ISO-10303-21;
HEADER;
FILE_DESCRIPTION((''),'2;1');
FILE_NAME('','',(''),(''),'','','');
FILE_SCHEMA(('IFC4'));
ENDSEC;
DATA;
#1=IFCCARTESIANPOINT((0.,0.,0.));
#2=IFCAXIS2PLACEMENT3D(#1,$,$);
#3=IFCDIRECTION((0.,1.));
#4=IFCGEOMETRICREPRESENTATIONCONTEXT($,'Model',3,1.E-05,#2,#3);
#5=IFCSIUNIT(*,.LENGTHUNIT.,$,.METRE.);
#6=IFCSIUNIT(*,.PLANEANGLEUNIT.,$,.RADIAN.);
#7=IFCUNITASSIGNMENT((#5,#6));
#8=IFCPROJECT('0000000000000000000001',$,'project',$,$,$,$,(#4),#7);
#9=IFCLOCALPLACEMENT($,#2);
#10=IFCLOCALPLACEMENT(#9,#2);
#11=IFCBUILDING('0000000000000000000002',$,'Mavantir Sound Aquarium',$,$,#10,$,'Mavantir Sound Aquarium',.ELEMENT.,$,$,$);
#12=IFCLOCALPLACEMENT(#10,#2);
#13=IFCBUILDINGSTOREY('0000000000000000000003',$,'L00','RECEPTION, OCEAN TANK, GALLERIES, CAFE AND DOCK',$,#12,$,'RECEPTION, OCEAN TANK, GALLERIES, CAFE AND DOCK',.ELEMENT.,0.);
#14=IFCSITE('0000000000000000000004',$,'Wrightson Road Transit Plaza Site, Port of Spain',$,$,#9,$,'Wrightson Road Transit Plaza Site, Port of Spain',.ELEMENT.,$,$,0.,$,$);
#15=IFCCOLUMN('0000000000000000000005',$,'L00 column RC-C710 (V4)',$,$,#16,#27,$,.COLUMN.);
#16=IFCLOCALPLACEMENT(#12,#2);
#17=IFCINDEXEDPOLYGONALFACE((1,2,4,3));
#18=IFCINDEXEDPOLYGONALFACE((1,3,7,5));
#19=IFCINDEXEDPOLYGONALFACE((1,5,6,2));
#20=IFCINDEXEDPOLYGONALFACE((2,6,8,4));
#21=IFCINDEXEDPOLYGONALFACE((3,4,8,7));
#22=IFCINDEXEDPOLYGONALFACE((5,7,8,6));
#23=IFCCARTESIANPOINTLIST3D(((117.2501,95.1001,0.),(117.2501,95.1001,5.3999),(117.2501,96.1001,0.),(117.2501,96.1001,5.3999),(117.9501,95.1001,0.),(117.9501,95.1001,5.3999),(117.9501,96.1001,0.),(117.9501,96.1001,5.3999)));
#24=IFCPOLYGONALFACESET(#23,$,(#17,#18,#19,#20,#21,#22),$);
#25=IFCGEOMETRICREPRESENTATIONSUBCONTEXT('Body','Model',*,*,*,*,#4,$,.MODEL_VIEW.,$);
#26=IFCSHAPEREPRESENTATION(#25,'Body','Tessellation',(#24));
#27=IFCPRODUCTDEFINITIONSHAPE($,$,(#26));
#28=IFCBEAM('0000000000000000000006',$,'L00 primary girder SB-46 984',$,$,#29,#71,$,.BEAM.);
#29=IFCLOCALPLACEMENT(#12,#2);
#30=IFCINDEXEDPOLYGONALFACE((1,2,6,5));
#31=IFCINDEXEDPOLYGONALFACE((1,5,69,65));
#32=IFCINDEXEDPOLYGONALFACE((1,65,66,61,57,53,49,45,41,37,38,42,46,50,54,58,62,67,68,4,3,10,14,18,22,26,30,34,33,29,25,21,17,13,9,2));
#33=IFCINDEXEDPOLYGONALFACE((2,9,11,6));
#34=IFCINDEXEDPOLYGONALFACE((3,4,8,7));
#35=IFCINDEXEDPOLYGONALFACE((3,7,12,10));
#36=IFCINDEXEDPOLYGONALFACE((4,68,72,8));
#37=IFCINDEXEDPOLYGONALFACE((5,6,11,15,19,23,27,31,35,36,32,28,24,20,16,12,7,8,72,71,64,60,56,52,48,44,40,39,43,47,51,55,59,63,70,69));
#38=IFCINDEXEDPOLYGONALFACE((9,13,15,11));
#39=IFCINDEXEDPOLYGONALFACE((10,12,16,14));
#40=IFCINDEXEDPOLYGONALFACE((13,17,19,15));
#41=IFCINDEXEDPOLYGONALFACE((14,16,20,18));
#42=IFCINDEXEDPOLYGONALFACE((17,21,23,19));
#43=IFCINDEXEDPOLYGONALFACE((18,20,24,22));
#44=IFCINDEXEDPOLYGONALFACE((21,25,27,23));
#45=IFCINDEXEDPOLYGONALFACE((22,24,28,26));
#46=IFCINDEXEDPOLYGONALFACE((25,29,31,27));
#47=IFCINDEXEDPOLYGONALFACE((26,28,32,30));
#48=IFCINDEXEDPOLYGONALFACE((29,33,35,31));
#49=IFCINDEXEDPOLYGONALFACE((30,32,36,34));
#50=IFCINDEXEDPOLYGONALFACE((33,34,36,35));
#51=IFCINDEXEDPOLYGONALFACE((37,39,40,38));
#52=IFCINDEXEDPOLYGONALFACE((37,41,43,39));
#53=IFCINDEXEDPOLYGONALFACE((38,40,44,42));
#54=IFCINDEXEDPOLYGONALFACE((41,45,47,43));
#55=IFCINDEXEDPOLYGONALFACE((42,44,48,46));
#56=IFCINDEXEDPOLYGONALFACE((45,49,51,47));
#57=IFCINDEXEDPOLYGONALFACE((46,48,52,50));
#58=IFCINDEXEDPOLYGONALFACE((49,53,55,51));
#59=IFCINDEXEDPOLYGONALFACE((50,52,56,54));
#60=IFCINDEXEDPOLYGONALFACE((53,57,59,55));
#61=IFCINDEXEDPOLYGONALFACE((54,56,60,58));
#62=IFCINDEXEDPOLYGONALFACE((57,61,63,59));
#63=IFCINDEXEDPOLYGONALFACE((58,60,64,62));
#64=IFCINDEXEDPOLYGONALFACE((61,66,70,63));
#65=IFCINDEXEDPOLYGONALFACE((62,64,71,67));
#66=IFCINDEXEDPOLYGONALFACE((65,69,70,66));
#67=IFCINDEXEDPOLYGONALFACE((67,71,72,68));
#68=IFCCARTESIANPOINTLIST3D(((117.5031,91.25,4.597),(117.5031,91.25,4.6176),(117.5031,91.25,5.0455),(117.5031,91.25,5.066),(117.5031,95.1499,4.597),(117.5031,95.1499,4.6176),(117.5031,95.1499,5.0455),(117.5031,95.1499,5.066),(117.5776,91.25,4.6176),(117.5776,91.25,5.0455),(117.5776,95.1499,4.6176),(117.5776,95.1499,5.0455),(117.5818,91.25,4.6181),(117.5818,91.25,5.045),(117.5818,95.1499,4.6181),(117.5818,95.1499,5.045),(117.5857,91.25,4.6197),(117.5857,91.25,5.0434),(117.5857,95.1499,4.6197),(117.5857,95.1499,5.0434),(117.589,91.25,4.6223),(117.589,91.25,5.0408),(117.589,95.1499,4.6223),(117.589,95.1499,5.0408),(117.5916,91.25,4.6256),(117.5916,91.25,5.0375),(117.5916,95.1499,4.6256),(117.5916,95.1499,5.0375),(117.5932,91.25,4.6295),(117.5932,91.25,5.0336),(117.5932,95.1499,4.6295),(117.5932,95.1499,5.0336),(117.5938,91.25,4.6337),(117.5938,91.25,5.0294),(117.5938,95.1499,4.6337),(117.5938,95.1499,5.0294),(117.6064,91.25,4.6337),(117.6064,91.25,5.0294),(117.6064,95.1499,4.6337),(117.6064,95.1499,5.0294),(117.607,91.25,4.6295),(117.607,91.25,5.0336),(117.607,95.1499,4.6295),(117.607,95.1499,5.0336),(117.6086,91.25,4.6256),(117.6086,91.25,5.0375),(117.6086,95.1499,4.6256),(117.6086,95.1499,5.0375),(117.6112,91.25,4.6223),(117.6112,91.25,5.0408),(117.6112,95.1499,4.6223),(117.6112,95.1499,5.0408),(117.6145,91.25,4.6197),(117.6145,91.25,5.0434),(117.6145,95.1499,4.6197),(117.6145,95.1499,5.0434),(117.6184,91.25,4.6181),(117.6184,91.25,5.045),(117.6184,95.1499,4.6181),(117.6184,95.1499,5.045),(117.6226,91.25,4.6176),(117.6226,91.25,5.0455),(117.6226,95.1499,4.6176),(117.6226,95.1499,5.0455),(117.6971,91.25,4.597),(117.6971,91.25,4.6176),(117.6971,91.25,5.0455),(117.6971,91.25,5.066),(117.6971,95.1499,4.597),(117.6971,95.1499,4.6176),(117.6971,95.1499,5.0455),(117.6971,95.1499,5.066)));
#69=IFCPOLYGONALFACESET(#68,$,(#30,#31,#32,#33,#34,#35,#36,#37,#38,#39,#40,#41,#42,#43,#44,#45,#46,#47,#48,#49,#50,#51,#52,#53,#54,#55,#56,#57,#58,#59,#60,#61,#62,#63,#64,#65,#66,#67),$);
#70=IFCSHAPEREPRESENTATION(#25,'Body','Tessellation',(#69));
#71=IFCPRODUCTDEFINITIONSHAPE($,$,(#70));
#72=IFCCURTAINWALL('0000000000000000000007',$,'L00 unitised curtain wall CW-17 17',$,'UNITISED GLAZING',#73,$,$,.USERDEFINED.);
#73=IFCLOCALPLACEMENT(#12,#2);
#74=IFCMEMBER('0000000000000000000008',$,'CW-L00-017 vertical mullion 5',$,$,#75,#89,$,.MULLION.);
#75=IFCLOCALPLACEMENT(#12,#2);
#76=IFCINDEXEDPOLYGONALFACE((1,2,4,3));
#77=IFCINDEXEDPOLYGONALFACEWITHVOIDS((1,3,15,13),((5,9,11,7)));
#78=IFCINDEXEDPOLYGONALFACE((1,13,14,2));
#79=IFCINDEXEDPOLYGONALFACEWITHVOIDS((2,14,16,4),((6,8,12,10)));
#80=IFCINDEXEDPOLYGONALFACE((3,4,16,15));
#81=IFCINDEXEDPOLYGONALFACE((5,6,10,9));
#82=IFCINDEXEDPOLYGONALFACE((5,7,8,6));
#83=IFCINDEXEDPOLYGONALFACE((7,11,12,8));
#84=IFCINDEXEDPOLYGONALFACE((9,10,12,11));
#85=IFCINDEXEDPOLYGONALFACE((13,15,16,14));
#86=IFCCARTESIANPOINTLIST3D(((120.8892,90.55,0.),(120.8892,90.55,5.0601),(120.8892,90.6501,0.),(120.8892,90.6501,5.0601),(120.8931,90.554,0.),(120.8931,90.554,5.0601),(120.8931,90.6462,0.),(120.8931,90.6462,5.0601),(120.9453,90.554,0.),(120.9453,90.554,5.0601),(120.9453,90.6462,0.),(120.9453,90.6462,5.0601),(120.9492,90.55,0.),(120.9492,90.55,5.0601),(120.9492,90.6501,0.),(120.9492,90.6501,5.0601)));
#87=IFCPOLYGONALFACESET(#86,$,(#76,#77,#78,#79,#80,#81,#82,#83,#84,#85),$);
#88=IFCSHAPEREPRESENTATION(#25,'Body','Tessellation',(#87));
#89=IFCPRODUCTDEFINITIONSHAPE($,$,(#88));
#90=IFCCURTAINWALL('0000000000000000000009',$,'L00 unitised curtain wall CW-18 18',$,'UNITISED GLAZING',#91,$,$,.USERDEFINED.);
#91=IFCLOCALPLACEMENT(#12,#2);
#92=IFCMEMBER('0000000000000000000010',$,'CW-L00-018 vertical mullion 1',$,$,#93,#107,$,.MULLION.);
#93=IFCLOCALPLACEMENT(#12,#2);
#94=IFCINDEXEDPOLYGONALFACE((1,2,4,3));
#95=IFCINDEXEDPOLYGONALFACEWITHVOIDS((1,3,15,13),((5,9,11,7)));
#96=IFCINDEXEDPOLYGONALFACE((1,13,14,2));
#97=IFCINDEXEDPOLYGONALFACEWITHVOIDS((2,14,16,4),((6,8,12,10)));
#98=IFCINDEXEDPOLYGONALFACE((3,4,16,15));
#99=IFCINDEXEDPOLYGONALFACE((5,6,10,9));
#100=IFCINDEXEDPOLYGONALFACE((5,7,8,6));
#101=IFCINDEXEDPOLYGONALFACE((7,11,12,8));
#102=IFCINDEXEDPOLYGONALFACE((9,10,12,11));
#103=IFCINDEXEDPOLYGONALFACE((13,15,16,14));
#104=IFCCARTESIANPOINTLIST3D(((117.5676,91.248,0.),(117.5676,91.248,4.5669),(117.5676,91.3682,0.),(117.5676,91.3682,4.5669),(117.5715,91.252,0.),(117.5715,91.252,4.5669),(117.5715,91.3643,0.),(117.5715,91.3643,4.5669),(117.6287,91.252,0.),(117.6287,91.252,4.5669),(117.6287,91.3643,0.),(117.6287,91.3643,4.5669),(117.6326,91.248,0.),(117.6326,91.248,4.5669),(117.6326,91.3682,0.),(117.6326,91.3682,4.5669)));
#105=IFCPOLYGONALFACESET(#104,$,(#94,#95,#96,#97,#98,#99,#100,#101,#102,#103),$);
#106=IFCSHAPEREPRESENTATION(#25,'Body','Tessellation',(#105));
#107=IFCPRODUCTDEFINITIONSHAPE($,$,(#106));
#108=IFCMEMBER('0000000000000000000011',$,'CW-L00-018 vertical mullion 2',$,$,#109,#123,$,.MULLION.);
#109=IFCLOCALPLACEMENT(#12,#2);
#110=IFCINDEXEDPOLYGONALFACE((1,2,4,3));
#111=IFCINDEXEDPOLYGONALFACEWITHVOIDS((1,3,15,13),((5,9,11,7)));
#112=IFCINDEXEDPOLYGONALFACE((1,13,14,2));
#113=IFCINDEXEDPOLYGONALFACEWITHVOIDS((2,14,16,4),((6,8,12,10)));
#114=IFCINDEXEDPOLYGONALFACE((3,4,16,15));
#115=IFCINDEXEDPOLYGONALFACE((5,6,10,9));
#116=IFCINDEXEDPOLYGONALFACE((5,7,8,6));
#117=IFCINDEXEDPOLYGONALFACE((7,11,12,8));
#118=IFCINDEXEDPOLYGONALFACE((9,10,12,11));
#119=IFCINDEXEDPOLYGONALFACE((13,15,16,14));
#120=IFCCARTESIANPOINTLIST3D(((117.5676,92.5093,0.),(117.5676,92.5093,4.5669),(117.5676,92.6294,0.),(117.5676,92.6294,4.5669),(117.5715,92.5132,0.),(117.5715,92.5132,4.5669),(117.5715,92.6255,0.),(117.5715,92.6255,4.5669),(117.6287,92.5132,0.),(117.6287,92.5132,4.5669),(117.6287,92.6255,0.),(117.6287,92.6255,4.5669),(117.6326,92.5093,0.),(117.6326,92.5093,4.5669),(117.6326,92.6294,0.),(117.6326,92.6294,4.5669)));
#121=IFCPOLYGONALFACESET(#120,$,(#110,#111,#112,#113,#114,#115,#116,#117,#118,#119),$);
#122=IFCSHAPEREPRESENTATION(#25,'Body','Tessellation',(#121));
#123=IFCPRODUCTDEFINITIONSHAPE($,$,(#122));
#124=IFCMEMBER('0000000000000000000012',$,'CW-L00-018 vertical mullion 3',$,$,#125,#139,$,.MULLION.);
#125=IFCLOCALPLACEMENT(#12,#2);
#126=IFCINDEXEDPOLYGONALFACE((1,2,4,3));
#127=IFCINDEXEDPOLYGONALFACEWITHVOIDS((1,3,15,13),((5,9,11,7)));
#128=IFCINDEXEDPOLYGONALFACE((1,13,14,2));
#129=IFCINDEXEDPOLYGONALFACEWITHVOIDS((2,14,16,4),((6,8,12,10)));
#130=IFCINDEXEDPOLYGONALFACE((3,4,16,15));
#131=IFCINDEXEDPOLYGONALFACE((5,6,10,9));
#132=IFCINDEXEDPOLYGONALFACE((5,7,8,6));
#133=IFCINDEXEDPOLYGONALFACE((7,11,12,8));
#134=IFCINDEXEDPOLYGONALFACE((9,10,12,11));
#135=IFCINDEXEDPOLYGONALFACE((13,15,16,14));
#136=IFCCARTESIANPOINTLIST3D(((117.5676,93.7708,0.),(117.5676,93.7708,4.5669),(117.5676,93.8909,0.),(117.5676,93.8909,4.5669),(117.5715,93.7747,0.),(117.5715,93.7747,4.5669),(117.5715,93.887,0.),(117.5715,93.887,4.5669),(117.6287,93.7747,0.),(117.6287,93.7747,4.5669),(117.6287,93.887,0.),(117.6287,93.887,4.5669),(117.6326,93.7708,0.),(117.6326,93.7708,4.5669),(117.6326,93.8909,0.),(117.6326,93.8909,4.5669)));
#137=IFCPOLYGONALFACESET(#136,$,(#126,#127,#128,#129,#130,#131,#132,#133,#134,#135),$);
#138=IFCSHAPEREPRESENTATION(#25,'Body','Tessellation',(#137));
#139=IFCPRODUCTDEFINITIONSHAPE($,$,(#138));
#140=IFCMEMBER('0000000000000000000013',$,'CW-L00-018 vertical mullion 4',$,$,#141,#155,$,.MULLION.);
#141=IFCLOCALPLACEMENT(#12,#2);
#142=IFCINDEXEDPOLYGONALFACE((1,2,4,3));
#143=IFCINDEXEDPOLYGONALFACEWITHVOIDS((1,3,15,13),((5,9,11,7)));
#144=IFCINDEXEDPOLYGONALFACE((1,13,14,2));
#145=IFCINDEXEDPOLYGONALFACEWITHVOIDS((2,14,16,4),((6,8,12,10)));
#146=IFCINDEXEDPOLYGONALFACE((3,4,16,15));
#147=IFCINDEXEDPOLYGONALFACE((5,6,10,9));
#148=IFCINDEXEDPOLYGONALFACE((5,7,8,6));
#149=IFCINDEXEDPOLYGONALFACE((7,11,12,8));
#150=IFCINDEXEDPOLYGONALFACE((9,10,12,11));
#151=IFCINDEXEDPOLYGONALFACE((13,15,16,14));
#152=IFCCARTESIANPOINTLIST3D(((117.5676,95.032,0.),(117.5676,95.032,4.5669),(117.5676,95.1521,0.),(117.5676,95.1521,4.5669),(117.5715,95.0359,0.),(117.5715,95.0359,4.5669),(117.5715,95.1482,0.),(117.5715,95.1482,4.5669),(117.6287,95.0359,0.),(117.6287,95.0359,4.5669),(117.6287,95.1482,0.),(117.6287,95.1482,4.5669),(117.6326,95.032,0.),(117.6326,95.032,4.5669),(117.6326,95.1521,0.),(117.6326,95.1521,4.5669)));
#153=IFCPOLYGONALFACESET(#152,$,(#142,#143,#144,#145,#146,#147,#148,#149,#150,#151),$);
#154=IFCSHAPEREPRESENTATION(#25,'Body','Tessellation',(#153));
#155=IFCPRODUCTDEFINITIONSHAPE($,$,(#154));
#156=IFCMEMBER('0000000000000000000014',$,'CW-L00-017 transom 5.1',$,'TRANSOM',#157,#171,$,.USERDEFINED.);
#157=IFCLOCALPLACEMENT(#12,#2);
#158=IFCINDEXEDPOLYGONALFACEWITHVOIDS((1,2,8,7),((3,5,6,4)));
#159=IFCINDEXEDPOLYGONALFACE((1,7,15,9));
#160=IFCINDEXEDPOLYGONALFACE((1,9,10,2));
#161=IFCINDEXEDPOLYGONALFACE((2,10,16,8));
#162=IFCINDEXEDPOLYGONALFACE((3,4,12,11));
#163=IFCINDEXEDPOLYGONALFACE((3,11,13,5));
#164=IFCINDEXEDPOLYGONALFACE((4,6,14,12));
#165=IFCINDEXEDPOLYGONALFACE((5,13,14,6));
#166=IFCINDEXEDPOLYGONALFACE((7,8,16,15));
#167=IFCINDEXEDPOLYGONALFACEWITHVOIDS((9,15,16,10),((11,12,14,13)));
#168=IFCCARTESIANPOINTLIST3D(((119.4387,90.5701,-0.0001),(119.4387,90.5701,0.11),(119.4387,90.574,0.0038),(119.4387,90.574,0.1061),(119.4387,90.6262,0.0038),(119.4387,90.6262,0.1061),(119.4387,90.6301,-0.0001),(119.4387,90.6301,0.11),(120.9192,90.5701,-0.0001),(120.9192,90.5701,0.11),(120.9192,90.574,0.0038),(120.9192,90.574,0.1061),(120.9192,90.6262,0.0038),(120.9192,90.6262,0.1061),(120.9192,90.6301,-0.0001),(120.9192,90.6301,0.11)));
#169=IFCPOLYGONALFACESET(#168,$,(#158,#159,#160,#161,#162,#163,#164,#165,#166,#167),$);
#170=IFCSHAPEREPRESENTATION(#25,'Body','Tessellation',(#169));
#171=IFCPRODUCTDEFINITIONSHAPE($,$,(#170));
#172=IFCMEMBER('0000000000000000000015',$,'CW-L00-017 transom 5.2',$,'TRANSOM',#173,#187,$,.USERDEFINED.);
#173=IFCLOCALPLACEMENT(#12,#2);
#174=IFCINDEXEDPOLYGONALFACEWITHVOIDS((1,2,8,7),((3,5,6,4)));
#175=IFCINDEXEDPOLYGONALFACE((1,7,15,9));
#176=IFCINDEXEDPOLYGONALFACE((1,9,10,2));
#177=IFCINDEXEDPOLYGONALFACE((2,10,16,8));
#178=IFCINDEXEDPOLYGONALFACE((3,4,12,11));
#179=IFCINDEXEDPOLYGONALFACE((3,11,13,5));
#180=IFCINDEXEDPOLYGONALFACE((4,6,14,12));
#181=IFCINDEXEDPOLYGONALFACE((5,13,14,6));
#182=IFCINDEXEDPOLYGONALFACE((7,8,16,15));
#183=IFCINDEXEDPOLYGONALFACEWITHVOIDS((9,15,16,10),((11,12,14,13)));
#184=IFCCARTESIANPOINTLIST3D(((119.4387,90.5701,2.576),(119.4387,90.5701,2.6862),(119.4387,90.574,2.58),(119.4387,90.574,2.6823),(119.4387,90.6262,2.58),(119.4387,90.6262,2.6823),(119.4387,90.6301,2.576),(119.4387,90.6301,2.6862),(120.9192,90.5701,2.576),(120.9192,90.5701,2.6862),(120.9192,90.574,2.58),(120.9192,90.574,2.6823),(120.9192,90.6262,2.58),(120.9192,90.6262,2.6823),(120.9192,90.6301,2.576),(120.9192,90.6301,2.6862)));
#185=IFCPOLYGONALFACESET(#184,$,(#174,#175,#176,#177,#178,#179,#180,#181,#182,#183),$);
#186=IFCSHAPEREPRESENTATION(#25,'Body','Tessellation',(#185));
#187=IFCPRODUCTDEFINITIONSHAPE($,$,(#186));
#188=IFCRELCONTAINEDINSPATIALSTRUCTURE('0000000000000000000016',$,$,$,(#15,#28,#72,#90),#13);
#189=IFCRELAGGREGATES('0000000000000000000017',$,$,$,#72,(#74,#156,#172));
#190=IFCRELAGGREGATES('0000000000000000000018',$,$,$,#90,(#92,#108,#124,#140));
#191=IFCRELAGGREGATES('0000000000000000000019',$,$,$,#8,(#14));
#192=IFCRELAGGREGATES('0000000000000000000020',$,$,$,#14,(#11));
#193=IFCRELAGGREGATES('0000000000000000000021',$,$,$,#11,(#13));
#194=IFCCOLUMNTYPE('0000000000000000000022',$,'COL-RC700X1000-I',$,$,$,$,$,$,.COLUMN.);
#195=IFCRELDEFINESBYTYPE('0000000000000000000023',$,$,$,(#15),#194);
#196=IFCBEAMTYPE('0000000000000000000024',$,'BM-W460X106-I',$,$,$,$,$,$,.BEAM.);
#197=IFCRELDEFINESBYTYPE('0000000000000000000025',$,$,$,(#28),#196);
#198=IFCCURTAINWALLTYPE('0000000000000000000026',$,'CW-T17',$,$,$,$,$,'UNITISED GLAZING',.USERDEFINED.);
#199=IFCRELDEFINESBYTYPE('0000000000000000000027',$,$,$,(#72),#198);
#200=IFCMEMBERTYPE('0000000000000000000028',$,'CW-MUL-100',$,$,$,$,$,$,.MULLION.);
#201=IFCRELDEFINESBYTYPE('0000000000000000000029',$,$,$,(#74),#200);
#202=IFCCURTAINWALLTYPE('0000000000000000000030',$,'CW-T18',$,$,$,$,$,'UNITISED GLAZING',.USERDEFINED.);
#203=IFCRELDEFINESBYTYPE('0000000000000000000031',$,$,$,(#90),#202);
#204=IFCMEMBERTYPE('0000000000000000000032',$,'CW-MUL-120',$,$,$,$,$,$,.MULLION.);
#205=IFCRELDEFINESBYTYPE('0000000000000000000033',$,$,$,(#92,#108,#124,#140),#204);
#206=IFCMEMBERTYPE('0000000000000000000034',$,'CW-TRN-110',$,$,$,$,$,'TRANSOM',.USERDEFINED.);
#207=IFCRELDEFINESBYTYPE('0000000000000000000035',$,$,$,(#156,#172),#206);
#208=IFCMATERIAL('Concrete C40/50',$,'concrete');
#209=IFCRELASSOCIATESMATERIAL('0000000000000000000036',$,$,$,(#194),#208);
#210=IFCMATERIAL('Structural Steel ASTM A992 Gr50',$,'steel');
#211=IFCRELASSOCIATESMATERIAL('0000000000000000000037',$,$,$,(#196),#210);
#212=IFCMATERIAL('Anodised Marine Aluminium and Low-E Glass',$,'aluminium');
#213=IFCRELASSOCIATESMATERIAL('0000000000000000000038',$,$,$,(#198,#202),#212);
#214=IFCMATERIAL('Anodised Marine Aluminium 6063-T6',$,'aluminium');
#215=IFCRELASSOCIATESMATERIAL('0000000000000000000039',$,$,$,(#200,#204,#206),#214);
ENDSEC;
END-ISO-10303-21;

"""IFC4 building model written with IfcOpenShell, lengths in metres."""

from ifc_helpers import new_model, si_unit, direction, frame, origin, origin_2d, place, context, subcontext, project, spatial, rectangle, hollow_rectangle, i_section, extrude, material, material_profile, profile_set, type_object, element, aggregate, save


model = new_model("IFC4")

# Units and contexts
model_context = context("Model", 3, precision=1e-05, world=origin(), true_north=direction((0.0, 1.0)))
body_context = subcontext(model_context, "Body", "Model", "MODEL_VIEW")
ifc_project = project(units=[si_unit("LENGTHUNIT", "METRE"), si_unit("PLANEANGLEUNIT", "RADIAN")], contexts=[model_context])

# Site, building, storey
site_placement = place(None, origin())
site = spatial("IfcSite", under=ifc_project, at=site_placement, Name="Wrightson Road Transit Plaza Site, Port of Spain", LongName="Wrightson Road Transit Plaza Site, Port of Spain", CompositionType="ELEMENT", RefElevation=0.0)
building_placement = place(site_placement, origin())
building = spatial("IfcBuilding", under=site, at=building_placement, Name="Mavantir Sound Aquarium", LongName="Mavantir Sound Aquarium", CompositionType="ELEMENT")
storey_placement = place(building_placement, origin())
storey = spatial("IfcBuildingStorey", under=building, at=storey_placement, Name="L00", Description="RECEPTION, OCEAN TANK, GALLERIES, CAFE AND DOCK", LongName="RECEPTION, OCEAN TANK, GALLERIES, CAFE AND DOCK", CompositionType="ELEMENT", Elevation=0.0)

# Column
ifc_material_1 = material(Name="Concrete C40/50", Category="concrete")
ifc_material_profile_1 = material_profile(ifc_material_1, rectangle(XDim=0.7, YDim=1.0, at=origin_2d()), Name="RC 700X1000")
ifc_profile_set_1 = profile_set([ifc_material_profile_1], Name="Concrete C40/50")
column_type = type_object("IfcColumnType", Name="COL-RC700X1000-I", PredefinedType="COLUMN", material=ifc_profile_set_1)
column_placement = place(storey_placement, frame((117.6001, 95.6001, 0.0), z_axis=(0.0, 0.0, 1.0), x_axis=(1.0, 0.0, 0.0)))
element("IfcColumn", 1, at=column_placement, inside=storey, type_object=column_type, Name="L00 column RC-C710 (V4)", PredefinedType="COLUMN", context=body_context, shape_type="SweptSolid", body=[
    extrude(rectangle(XDim=0.7, YDim=1.0, at=origin_2d()), origin(), (0.0, 0.0, 1.0), 5.3999),
])

# Beam
ifc_material_2 = material(Name="Structural Steel ASTM A992 Gr50", Category="steel")
ifc_material_profile_2 = material_profile(ifc_material_2, i_section(OverallWidth=0.1941, OverallDepth=0.469, WebThickness=0.0127, FlangeThickness=0.0205, FilletRadius=0.0161, at=origin_2d()), Name="W460X106")
ifc_profile_set_2 = profile_set([ifc_material_profile_2], Name="Structural Steel ASTM A992 Gr50")
beam_type = type_object("IfcBeamType", Name="BM-W460X106-I", PredefinedType="BEAM", material=ifc_profile_set_2)
beam_placement = place(storey_placement, frame((117.6001, 91.25, 4.8315), z_axis=(0.0, 1.0, 0.0), x_axis=(-1.0, 0.0, 0.0)))
element("IfcBeam", 2, at=beam_placement, inside=storey, type_object=beam_type, Name="L00 primary girder SB-46 984", PredefinedType="BEAM", context=body_context, shape_type="SweptSolid", body=[
    extrude(i_section(OverallWidth=0.1941, OverallDepth=0.469, WebThickness=0.0127, FlangeThickness=0.0205, FilletRadius=0.0161, at=origin_2d()), origin(), (0.0, 0.0, 1.0), 3.8999),
])

# Curtain wall, member
ifc_material_3 = material(Name="Anodised Marine Aluminium and Low-E Glass", Category="aluminium")
curtain_wall_type_1 = type_object("IfcCurtainWallType", Name="CW-T17", ElementType="UNITISED GLAZING", PredefinedType="USERDEFINED", material=ifc_material_3)
curtain_wall_1_placement = place(storey_placement, origin())
curtain_wall_1 = element("IfcCurtainWall", 3, at=curtain_wall_1_placement, inside=storey, type_object=curtain_wall_type_1, Name="L00 unitised curtain wall CW-17 17", ObjectType="UNITISED GLAZING", PredefinedType="USERDEFINED")
ifc_material_4 = material(Name="Anodised Marine Aluminium 6063-T6", Category="aluminium")
ifc_material_profile_3 = material_profile(ifc_material_4, hollow_rectangle(XDim=0.0601, YDim=0.1001, WallThickness=0.0039, at=origin_2d()), Name="ALU-MULLION-100X60")
ifc_profile_set_3 = profile_set([ifc_material_profile_3], Name="Anodised Marine Aluminium 6063-T6")
member_type_1 = type_object("IfcMemberType", Name="CW-MUL-100", PredefinedType="MULLION", material=ifc_profile_set_3)
member_1_placement = place(storey_placement, frame((120.9192, 90.6001, 0.0), z_axis=(0.0, 0.0, 1.0), x_axis=(1.0, 0.0, 0.0)))
member_1 = element("IfcMember", 4, at=member_1_placement, type_object=member_type_1, Name="CW-L00-017 vertical mullion 5", PredefinedType="MULLION", context=body_context, shape_type="SweptSolid", body=[
    extrude(hollow_rectangle(XDim=0.0601, YDim=0.1001, WallThickness=0.0039, at=origin_2d()), origin(), (0.0, 0.0, 1.0), 5.0601),
])

# Curtain wall, members
curtain_wall_type_2 = type_object("IfcCurtainWallType", Name="CW-T18", ElementType="UNITISED GLAZING", PredefinedType="USERDEFINED", material=ifc_material_3)
curtain_wall_2_placement = place(storey_placement, origin())
curtain_wall_2 = element("IfcCurtainWall", 5, at=curtain_wall_2_placement, inside=storey, type_object=curtain_wall_type_2, Name="L00 unitised curtain wall CW-18 18", ObjectType="UNITISED GLAZING", PredefinedType="USERDEFINED")
ifc_material_profile_4 = material_profile(ifc_material_4, hollow_rectangle(XDim=0.0649, YDim=0.1201, WallThickness=0.0039, at=origin_2d()), Name="ALU-MULLION-120X65")
ifc_profile_set_4 = profile_set([ifc_material_profile_4], Name="Anodised Marine Aluminium 6063-T6")
member_type_2 = type_object("IfcMemberType", Name="CW-MUL-120", PredefinedType="MULLION", material=ifc_profile_set_4)
member_2_placement = place(storey_placement, frame((117.6001, 91.3081, 0.0), z_axis=(0.0, 0.0, 1.0), x_axis=(1.0, 0.0, 0.0)))
member_2 = element("IfcMember", 6, at=member_2_placement, type_object=member_type_2, Name="CW-L00-018 vertical mullion 1", PredefinedType="MULLION", context=body_context, shape_type="SweptSolid", body=[
    extrude(hollow_rectangle(XDim=0.0649, YDim=0.1201, WallThickness=0.0039, at=origin_2d()), origin(), (0.0, 0.0, 1.0), 4.5669),
])
member_3_placement = place(storey_placement, frame((117.6001, 92.5693, 0.0), z_axis=(0.0, 0.0, 1.0), x_axis=(1.0, 0.0, 0.0)))
member_3 = element("IfcMember", 7, at=member_3_placement, type_object=member_type_2, Name="CW-L00-018 vertical mullion 2", PredefinedType="MULLION", context=body_context, shape_type="SweptSolid", body=[
    extrude(hollow_rectangle(XDim=0.0649, YDim=0.1201, WallThickness=0.0039, at=origin_2d()), origin(), (0.0, 0.0, 1.0), 4.5669),
])
member_4_placement = place(storey_placement, frame((117.6001, 93.8308, 0.0), z_axis=(0.0, 0.0, 1.0), x_axis=(1.0, 0.0, 0.0)))
member_4 = element("IfcMember", 8, at=member_4_placement, type_object=member_type_2, Name="CW-L00-018 vertical mullion 3", PredefinedType="MULLION", context=body_context, shape_type="SweptSolid", body=[
    extrude(hollow_rectangle(XDim=0.0649, YDim=0.1201, WallThickness=0.0039, at=origin_2d()), origin(), (0.0, 0.0, 1.0), 4.5669),
])
member_5_placement = place(storey_placement, frame((117.6001, 95.092, 0.0), z_axis=(0.0, 0.0, 1.0), x_axis=(1.0, 0.0, 0.0)))
member_5 = element("IfcMember", 9, at=member_5_placement, type_object=member_type_2, Name="CW-L00-018 vertical mullion 4", PredefinedType="MULLION", context=body_context, shape_type="SweptSolid", body=[
    extrude(hollow_rectangle(XDim=0.0649, YDim=0.1201, WallThickness=0.0039, at=origin_2d()), origin(), (0.0, 0.0, 1.0), 4.5669),
])

# Members
ifc_material_profile_5 = material_profile(ifc_material_4, hollow_rectangle(XDim=0.0601, YDim=0.1101, WallThickness=0.0039, at=origin_2d()), Name="ALU-TRANSOM-110X60")
ifc_profile_set_5 = profile_set([ifc_material_profile_5], Name="Anodised Marine Aluminium 6063-T6")
member_type_3 = type_object("IfcMemberType", Name="CW-TRN-110", ElementType="TRANSOM", PredefinedType="USERDEFINED", material=ifc_profile_set_5)
member_6_placement = place(storey_placement, frame((120.9192, 90.6001, 0.0549), z_axis=(-1.0, 0.0, 0.0), x_axis=(0.0, -1.0, 0.0)))
member_6 = element("IfcMember", 10, at=member_6_placement, type_object=member_type_3, Name="CW-L00-017 transom 5.1", ObjectType="TRANSOM", PredefinedType="USERDEFINED", context=body_context, shape_type="SweptSolid", body=[
    extrude(hollow_rectangle(XDim=0.0601, YDim=0.1101, WallThickness=0.0039, at=origin_2d()), origin(), (0.0, 0.0, 1.0), 1.4805),
])
member_7_placement = place(storey_placement, frame((120.9192, 90.6001, 2.6311), z_axis=(-1.0, 0.0, 0.0), x_axis=(0.0, -1.0, 0.0)))
member_7 = element("IfcMember", 11, at=member_7_placement, type_object=member_type_3, Name="CW-L00-017 transom 5.2", ObjectType="TRANSOM", PredefinedType="USERDEFINED", context=body_context, shape_type="SweptSolid", body=[
    extrude(hollow_rectangle(XDim=0.0601, YDim=0.1101, WallThickness=0.0039, at=origin_2d()), origin(), (0.0, 0.0, 1.0), 1.4805),
])

aggregate(curtain_wall_1, [member_1, member_6, member_7])
aggregate(curtain_wall_2, [member_2, member_3, member_4, member_5])

save(model, "model.ifc")
